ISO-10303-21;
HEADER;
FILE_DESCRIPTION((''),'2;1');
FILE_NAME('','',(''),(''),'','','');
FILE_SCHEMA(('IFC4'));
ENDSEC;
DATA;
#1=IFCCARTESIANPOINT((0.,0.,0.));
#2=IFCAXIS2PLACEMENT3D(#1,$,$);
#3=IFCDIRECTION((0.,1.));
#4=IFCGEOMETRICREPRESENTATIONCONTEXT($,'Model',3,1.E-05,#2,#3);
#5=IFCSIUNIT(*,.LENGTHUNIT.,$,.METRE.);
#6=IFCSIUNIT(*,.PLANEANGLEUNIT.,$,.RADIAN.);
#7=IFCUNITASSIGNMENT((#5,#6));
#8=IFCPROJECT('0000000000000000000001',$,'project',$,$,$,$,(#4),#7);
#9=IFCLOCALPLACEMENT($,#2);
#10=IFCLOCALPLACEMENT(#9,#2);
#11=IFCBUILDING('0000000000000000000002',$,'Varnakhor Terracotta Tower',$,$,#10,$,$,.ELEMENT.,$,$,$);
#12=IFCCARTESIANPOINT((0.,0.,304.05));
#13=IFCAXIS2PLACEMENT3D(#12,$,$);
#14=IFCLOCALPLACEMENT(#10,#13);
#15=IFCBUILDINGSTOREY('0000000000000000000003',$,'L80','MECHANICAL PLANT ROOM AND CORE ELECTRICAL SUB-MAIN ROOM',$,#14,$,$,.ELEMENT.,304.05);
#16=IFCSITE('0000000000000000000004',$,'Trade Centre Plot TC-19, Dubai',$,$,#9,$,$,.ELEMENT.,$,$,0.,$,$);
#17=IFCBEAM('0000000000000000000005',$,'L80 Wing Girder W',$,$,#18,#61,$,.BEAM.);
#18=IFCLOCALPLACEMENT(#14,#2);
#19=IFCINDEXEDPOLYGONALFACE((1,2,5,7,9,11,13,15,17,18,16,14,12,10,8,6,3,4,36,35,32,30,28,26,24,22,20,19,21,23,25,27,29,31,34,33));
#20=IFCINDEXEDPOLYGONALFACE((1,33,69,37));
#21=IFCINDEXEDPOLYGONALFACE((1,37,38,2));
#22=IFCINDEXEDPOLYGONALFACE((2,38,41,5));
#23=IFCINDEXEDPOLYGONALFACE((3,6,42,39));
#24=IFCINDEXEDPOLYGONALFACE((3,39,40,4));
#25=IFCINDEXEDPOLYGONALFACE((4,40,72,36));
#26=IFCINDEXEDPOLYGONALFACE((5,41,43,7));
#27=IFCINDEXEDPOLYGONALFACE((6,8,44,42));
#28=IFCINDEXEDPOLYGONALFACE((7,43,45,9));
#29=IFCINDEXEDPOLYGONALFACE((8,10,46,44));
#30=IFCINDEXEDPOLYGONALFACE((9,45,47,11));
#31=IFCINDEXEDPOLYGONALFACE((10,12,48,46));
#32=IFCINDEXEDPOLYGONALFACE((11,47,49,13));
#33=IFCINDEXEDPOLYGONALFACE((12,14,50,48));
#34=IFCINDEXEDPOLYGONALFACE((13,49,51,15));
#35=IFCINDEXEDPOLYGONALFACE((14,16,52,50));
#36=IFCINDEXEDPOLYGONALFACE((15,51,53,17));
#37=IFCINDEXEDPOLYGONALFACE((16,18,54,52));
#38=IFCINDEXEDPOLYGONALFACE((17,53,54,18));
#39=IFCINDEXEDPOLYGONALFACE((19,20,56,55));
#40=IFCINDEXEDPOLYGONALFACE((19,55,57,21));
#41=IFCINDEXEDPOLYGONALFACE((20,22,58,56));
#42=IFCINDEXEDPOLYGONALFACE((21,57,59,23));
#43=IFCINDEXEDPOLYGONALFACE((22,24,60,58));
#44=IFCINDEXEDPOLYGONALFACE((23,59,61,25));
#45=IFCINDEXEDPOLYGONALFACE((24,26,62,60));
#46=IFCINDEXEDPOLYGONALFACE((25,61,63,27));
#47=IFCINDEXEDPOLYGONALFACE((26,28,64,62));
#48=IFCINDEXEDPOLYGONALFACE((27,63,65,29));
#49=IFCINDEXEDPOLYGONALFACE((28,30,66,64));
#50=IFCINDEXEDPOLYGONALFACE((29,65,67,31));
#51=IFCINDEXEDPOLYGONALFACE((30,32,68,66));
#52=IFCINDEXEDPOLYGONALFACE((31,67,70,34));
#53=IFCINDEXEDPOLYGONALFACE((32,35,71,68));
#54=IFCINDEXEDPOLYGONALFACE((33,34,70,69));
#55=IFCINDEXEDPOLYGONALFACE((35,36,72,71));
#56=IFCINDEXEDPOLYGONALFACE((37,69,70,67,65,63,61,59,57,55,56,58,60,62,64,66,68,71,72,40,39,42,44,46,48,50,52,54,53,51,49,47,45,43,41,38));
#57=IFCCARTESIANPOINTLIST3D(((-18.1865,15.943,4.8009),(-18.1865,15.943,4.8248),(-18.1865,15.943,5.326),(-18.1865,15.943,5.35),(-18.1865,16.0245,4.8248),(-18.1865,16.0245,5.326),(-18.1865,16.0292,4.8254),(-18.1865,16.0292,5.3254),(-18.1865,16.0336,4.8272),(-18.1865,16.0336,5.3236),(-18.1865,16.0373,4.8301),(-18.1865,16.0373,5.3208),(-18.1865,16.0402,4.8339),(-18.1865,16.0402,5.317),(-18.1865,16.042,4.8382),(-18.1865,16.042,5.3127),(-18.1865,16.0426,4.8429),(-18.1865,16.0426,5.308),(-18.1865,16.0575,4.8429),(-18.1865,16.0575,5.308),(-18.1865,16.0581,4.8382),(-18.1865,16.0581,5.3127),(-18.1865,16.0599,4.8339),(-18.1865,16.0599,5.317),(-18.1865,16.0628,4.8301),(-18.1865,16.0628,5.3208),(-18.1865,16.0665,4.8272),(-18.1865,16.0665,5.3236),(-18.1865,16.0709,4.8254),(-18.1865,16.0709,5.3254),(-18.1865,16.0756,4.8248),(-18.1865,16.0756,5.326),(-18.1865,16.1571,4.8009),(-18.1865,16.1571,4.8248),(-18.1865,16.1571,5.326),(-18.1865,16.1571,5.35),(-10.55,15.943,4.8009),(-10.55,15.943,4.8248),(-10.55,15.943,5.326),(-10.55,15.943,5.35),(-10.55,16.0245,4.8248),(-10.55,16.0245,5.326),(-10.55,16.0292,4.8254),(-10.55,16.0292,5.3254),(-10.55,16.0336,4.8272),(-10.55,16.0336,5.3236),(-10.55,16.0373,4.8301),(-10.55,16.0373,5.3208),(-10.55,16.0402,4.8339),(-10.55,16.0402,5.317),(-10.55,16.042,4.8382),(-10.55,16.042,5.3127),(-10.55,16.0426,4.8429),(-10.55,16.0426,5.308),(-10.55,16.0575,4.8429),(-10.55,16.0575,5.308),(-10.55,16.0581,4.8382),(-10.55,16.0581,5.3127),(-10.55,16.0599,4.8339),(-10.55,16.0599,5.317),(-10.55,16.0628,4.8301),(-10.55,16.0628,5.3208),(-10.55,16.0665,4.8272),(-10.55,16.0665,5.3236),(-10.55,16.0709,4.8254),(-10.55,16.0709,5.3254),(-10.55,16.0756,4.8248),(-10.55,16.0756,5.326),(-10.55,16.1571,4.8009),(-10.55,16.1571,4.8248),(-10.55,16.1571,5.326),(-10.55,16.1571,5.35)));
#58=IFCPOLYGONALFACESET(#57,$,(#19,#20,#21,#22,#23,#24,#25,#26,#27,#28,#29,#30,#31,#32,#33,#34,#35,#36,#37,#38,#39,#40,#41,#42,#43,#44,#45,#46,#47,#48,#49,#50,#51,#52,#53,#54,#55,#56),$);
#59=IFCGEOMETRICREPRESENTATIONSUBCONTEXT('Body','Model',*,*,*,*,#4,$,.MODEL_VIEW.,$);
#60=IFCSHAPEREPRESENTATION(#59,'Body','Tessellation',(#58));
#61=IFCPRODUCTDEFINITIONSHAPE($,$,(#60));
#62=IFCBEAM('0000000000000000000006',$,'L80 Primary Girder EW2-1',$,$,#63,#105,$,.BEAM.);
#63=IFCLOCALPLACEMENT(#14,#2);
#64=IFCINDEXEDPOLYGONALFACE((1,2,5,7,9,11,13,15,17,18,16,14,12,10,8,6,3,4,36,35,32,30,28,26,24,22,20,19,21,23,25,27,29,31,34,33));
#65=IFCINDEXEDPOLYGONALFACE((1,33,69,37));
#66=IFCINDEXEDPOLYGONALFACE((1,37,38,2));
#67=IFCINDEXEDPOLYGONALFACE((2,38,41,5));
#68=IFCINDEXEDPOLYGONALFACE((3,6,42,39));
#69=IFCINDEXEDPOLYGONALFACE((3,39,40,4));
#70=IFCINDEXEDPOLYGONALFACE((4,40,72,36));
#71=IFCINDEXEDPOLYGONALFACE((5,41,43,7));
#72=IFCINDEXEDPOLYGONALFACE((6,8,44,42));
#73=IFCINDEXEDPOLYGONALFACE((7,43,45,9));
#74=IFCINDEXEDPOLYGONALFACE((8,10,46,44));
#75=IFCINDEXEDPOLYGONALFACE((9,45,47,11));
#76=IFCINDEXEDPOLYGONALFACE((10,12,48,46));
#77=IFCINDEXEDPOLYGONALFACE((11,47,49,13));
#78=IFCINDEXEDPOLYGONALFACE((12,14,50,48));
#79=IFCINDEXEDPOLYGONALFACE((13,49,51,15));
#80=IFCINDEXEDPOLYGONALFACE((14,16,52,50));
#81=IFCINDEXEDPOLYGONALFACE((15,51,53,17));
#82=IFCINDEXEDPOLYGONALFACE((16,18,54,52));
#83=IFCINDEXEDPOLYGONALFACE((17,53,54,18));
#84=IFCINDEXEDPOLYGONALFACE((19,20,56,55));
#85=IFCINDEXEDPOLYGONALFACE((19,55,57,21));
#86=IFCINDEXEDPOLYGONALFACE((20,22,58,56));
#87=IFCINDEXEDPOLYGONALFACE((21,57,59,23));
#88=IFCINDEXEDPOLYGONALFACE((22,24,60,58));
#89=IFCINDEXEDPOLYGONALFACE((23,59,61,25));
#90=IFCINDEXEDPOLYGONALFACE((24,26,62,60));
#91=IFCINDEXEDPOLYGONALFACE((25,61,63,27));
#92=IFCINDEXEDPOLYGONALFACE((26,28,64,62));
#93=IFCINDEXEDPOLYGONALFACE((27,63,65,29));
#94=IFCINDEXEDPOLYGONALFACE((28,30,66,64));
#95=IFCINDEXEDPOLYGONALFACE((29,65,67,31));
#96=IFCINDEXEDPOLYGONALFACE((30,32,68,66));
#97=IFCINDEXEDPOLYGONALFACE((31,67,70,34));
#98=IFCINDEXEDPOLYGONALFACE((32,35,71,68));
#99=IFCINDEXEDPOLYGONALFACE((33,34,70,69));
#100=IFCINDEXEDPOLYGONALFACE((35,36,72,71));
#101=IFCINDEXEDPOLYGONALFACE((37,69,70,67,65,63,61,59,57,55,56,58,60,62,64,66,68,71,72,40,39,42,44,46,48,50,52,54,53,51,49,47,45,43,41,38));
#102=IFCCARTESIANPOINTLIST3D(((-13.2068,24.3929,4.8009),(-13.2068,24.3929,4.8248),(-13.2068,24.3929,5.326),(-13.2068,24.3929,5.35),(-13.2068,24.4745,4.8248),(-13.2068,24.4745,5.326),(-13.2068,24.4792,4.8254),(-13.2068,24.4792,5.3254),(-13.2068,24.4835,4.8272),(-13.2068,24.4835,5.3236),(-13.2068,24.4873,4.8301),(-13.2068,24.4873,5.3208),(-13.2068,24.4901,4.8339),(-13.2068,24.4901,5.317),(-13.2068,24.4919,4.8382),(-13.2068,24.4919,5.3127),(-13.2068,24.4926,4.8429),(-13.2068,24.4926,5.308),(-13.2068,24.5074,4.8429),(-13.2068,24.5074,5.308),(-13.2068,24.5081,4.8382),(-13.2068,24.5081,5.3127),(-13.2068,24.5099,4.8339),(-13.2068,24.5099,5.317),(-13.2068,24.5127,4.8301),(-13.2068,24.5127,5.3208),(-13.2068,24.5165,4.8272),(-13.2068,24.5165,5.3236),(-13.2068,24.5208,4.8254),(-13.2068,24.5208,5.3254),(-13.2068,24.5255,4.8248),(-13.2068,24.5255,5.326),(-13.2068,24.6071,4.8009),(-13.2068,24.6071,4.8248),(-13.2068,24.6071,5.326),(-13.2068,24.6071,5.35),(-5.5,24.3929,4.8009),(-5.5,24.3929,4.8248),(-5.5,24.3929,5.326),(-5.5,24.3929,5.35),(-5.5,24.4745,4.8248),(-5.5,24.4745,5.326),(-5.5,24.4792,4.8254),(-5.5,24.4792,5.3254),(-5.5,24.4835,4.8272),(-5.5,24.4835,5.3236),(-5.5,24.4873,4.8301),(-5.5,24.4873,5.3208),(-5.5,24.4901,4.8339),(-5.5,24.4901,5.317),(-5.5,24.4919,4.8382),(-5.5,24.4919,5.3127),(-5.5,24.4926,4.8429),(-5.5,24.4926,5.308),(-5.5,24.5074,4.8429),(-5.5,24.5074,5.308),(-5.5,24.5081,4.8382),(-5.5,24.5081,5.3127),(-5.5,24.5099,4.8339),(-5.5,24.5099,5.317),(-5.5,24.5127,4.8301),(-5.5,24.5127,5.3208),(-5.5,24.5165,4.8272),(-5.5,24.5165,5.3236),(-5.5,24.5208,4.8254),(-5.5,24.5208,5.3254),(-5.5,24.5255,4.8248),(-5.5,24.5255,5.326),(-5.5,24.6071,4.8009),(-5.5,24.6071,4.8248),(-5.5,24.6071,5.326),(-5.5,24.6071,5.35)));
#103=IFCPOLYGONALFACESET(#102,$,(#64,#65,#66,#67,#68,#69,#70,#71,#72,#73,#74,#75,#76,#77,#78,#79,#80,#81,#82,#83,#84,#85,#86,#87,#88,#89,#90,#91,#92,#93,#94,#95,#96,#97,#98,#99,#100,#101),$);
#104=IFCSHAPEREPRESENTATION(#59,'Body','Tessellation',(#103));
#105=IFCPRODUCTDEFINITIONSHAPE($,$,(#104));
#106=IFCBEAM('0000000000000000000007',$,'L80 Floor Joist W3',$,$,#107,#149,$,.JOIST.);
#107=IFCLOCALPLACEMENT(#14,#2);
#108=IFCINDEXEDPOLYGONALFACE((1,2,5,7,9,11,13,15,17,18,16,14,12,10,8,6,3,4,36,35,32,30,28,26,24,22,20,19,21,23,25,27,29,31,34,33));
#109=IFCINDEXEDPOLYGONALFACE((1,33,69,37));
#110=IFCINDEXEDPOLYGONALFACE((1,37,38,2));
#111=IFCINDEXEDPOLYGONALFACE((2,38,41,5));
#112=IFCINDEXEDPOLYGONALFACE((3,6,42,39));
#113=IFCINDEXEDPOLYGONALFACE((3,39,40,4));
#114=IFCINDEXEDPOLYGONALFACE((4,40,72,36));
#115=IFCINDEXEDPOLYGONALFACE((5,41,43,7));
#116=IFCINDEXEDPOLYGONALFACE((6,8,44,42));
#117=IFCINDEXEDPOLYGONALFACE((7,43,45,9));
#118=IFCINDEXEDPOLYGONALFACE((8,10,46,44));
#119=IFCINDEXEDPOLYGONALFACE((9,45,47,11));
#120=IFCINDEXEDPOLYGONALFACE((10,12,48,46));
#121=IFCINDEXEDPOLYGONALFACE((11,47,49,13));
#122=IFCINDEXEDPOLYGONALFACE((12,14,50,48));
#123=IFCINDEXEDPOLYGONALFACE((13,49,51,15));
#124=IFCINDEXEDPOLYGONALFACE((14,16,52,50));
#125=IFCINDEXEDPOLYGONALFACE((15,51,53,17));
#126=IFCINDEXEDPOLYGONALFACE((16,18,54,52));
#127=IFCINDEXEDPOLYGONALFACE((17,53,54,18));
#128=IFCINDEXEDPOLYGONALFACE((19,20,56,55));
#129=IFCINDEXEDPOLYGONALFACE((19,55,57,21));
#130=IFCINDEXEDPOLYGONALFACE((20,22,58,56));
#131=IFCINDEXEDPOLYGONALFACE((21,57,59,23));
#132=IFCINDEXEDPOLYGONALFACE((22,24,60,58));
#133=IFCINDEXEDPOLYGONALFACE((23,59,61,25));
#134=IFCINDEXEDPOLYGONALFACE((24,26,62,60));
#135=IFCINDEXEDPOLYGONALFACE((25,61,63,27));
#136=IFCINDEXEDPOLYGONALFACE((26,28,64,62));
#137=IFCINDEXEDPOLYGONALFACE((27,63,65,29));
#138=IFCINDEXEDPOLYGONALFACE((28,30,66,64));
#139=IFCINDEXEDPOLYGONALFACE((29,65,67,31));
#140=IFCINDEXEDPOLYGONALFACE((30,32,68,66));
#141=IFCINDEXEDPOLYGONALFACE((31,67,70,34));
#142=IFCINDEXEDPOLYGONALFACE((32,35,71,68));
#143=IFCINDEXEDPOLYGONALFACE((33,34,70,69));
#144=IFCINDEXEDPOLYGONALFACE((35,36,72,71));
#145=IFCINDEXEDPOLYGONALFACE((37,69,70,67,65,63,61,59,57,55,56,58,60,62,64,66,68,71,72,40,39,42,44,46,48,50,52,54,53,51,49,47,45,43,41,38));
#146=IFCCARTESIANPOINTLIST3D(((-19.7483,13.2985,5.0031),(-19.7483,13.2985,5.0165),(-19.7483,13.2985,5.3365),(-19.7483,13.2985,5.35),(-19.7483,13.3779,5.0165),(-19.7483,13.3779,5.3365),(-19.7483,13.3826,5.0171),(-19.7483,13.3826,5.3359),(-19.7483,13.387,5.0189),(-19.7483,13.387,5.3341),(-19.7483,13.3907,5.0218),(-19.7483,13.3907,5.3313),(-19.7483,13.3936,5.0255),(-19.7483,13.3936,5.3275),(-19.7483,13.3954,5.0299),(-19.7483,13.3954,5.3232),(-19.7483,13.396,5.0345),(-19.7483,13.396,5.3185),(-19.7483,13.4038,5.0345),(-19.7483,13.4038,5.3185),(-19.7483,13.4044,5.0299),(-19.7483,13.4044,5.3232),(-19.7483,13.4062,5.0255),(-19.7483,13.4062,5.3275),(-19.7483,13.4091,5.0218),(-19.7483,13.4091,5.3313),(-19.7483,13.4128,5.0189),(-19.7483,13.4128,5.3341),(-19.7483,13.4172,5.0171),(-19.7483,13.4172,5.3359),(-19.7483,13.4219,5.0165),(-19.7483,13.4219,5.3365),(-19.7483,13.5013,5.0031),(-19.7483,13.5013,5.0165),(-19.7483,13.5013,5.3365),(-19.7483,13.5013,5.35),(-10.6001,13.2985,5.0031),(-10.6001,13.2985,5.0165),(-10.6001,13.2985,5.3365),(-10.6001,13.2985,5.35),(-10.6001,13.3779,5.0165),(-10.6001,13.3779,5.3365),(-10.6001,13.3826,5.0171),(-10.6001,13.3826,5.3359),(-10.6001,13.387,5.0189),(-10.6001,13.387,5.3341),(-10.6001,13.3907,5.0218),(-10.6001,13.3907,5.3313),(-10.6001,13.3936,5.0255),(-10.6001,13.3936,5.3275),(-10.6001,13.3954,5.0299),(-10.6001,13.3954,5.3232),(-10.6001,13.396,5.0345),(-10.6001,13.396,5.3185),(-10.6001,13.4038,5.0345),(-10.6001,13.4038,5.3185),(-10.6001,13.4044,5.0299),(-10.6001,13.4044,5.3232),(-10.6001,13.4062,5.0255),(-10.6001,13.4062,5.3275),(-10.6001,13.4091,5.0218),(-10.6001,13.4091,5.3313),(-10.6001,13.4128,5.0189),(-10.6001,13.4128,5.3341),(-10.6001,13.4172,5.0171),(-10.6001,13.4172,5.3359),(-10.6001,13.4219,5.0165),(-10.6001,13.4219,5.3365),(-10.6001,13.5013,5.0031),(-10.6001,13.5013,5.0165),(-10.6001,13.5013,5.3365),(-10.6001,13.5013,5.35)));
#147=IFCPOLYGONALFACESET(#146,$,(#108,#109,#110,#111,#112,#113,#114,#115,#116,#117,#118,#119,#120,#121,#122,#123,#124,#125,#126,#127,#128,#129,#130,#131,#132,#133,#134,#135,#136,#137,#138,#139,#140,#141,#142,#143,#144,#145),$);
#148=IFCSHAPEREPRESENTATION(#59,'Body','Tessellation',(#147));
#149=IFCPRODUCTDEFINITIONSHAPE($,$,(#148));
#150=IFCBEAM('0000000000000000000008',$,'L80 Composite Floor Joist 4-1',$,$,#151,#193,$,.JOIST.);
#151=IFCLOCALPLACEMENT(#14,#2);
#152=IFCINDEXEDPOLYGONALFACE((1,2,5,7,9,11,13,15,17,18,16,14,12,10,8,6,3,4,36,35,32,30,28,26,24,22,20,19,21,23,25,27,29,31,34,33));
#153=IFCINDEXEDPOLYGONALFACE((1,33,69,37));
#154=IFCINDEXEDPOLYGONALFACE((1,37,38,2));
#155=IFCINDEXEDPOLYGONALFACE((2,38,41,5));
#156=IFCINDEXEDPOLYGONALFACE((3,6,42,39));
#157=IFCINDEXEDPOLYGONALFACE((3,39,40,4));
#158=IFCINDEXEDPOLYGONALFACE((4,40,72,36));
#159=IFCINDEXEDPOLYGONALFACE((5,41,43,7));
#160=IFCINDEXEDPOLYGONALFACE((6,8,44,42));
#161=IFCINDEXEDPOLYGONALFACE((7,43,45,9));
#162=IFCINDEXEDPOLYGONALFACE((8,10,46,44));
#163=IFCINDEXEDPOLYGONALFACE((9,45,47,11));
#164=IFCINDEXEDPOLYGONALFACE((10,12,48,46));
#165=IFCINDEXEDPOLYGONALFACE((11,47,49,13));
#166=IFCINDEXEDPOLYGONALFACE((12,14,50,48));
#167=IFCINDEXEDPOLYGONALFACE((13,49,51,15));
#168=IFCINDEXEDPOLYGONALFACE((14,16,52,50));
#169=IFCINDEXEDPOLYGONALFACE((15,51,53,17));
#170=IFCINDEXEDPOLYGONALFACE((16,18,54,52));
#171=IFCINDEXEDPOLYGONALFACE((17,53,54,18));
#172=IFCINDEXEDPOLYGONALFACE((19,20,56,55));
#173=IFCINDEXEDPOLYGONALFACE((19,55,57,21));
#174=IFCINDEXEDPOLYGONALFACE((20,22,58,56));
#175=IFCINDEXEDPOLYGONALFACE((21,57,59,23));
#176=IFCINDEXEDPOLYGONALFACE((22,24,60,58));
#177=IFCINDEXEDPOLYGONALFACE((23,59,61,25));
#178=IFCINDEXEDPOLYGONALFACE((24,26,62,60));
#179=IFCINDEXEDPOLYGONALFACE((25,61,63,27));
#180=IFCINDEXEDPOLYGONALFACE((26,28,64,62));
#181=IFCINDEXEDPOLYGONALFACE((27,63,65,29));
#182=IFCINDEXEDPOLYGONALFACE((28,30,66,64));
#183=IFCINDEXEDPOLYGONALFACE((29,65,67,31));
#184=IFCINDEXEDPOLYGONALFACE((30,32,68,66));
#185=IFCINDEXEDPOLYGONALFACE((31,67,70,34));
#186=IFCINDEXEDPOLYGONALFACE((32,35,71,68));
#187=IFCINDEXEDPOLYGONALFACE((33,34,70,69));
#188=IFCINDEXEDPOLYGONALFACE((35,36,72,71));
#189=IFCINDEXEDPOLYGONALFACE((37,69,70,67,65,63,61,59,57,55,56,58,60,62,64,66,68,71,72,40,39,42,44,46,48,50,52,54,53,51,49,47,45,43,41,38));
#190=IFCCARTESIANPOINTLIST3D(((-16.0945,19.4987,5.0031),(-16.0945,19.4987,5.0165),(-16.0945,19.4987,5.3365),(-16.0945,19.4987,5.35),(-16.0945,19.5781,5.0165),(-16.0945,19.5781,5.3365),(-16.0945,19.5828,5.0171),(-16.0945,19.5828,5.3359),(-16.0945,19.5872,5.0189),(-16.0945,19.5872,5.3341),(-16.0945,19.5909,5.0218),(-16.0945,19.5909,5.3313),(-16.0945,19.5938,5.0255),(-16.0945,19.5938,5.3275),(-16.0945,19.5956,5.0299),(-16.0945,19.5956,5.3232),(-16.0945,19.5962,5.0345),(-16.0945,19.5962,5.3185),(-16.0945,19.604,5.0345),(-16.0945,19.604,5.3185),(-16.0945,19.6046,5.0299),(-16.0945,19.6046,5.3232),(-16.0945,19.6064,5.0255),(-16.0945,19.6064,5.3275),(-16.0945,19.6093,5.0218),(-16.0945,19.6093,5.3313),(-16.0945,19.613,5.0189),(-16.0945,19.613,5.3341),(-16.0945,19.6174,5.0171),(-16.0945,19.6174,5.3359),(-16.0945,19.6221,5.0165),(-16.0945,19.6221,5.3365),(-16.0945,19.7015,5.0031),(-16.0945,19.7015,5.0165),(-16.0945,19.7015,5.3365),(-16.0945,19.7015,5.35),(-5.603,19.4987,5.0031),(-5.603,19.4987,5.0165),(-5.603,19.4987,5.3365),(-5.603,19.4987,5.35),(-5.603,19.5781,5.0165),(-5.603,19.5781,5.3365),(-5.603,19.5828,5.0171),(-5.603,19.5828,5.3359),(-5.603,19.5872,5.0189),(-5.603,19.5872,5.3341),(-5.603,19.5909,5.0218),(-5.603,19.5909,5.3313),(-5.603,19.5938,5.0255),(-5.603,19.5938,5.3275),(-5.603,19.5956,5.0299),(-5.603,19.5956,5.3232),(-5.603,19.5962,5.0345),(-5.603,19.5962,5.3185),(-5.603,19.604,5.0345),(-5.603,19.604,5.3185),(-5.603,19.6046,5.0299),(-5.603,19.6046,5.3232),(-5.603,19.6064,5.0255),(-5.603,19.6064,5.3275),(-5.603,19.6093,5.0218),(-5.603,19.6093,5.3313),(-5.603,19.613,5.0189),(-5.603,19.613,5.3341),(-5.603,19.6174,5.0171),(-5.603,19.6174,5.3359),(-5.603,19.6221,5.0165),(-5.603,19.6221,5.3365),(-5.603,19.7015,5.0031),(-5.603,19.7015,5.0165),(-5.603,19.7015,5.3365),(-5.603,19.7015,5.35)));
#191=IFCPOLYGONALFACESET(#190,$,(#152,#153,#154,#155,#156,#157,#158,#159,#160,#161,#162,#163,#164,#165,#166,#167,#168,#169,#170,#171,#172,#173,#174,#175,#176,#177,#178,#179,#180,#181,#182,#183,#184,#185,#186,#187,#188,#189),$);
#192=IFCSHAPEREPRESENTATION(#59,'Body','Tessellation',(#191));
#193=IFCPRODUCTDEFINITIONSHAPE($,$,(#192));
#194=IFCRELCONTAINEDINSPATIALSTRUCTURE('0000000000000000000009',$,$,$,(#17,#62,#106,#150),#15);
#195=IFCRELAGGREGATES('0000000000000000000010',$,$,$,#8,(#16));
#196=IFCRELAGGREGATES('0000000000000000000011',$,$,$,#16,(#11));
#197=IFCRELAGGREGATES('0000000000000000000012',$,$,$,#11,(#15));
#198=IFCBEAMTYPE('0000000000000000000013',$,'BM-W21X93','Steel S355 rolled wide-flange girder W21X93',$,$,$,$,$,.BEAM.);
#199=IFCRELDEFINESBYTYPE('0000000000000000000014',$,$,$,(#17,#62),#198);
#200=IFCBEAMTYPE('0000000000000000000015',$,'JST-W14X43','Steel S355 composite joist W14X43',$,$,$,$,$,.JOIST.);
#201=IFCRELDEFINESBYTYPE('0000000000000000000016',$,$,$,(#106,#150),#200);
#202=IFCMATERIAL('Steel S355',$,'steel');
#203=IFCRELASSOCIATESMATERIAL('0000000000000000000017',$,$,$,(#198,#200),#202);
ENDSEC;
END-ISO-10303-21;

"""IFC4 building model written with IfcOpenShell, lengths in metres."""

from ifc_helpers import new_model, si_unit, direction, frame, origin, origin_2d, place, context, subcontext, project, spatial, i_section, extrude, source, transform, mapped, material, material_profile, profile_set, type_object, element, save


model = new_model("IFC4")

# Units and contexts
model_context = context("Model", 3, precision=1e-05, world=origin(), true_north=direction((0.0, 1.0)))
body_context = subcontext(model_context, "Body", "Model", "MODEL_VIEW")
ifc_project = project(units=[si_unit("LENGTHUNIT", "METRE"), si_unit("PLANEANGLEUNIT", "RADIAN")], contexts=[model_context])

# Site, building, storey
site_placement = place(None, origin())
site = spatial("IfcSite", under=ifc_project, at=site_placement, Name="Trade Centre Plot TC-19, Dubai", CompositionType="ELEMENT", RefElevation=0.0)
building_placement = place(site_placement, origin())
building = spatial("IfcBuilding", under=site, at=building_placement, Name="Varnakhor Terracotta Tower", CompositionType="ELEMENT")
storey_placement = place(building_placement, frame((0.0, 0.0, 304.05)))
storey = spatial("IfcBuildingStorey", under=building, at=storey_placement, Name="L80", Description="MECHANICAL PLANT ROOM AND CORE ELECTRICAL SUB-MAIN ROOM", CompositionType="ELEMENT", Elevation=304.05)

# Beams
ifc_material_1 = material(Name="Steel S355", Category="steel")
ifc_material_profile_1 = material_profile(ifc_material_1, i_section(OverallWidth=0.2141, OverallDepth=0.5491, WebThickness=0.0149, FlangeThickness=0.0239, FilletRadius=0.0181, at=origin_2d()), Name="W21X93")
ifc_profile_set_1 = profile_set([ifc_material_profile_1], Name="Steel S355")
beam_type_1 = type_object("IfcBeamType", Name="BM-W21X93", Description="Steel S355 rolled wide-flange girder W21X93", PredefinedType="BEAM", material=ifc_profile_set_1)
ifc_material_profile_2 = material_profile(ifc_material_1, i_section(OverallWidth=0.2029, OverallDepth=0.3469, WebThickness=0.0078, FlangeThickness=0.0134, FilletRadius=0.0181, at=origin_2d()), Name="W14X43")
ifc_profile_set_2 = profile_set([ifc_material_profile_2], Name="Steel S355")
beam_type_2 = type_object("IfcBeamType", Name="JST-W14X43", Description="Steel S355 composite joist W14X43", PredefinedType="JOIST", material=ifc_profile_set_2)
shared_shape_1 = source(origin(), body_context, "Body", "SweptSolid", [
    extrude(i_section(OverallWidth=0.2141, OverallDepth=0.5491, WebThickness=0.0149, FlangeThickness=0.0239, FilletRadius=0.0181, at=origin_2d()), origin(), (0.0, 0.0, 1.0), 7.6365),
])
beam_1_placement = place(storey_placement, frame((-18.1865, 16.05, 5.0754), z_axis=(1.0, 0.0, 0.0), x_axis=(0.0, 1.0, 0.0)))
element("IfcBeam", 1, at=beam_1_placement, inside=storey, type_object=beam_type_1, Name="L80 Wing Girder W", PredefinedType="BEAM", context=body_context, shape_type="MappedRepresentation", body=[
    mapped(shared_shape_1, transform((0.0, 0.0, 0.0), scale=1.0)),
])
shared_shape_2 = source(origin(), body_context, "Body", "SweptSolid", [
    extrude(i_section(OverallWidth=0.2141, OverallDepth=0.5491, WebThickness=0.0149, FlangeThickness=0.0239, FilletRadius=0.0181, at=origin_2d()), origin(), (0.0, 0.0, 1.0), 7.7068),
])
beam_2_placement = place(storey_placement, frame((-13.2068, 24.5, 5.0754), z_axis=(1.0, 0.0, 0.0), x_axis=(0.0, 1.0, 0.0)))
element("IfcBeam", 2, at=beam_2_placement, inside=storey, type_object=beam_type_1, Name="L80 Primary Girder EW2-1", PredefinedType="BEAM", context=body_context, shape_type="MappedRepresentation", body=[
    mapped(shared_shape_2, transform((0.0, 0.0, 0.0), scale=1.0)),
])
shared_shape_3 = source(origin(), body_context, "Body", "SweptSolid", [
    extrude(i_section(OverallWidth=0.2029, OverallDepth=0.3469, WebThickness=0.0078, FlangeThickness=0.0134, FilletRadius=0.0181, at=origin_2d()), origin(), (0.0, 0.0, 1.0), 9.1482),
])
beam_3_placement = place(storey_placement, frame((-19.7483, 13.3999, 5.1765), z_axis=(1.0, 0.0, 0.0), x_axis=(0.0, 1.0, 0.0)))
element("IfcBeam", 3, at=beam_3_placement, inside=storey, type_object=beam_type_2, Name="L80 Floor Joist W3", PredefinedType="JOIST", context=body_context, shape_type="MappedRepresentation", body=[
    mapped(shared_shape_3, transform((0.0, 0.0, 0.0), scale=1.0)),
])
shared_shape_4 = source(origin(), body_context, "Body", "SweptSolid", [
    extrude(i_section(OverallWidth=0.2029, OverallDepth=0.3469, WebThickness=0.0078, FlangeThickness=0.0134, FilletRadius=0.0181, at=origin_2d()), origin(), (0.0, 0.0, 1.0), 10.4915),
])
beam_4_placement = place(storey_placement, frame((-16.0945, 19.6001, 5.1765), z_axis=(1.0, 0.0, 0.0), x_axis=(0.0, 1.0, 0.0)))
element("IfcBeam", 4, at=beam_4_placement, inside=storey, type_object=beam_type_2, Name="L80 Composite Floor Joist 4-1", PredefinedType="JOIST", context=body_context, shape_type="MappedRepresentation", body=[
    mapped(shared_shape_4, transform((0.0, 0.0, 0.0), scale=1.0)),
])

save(model, "model.ifc")
